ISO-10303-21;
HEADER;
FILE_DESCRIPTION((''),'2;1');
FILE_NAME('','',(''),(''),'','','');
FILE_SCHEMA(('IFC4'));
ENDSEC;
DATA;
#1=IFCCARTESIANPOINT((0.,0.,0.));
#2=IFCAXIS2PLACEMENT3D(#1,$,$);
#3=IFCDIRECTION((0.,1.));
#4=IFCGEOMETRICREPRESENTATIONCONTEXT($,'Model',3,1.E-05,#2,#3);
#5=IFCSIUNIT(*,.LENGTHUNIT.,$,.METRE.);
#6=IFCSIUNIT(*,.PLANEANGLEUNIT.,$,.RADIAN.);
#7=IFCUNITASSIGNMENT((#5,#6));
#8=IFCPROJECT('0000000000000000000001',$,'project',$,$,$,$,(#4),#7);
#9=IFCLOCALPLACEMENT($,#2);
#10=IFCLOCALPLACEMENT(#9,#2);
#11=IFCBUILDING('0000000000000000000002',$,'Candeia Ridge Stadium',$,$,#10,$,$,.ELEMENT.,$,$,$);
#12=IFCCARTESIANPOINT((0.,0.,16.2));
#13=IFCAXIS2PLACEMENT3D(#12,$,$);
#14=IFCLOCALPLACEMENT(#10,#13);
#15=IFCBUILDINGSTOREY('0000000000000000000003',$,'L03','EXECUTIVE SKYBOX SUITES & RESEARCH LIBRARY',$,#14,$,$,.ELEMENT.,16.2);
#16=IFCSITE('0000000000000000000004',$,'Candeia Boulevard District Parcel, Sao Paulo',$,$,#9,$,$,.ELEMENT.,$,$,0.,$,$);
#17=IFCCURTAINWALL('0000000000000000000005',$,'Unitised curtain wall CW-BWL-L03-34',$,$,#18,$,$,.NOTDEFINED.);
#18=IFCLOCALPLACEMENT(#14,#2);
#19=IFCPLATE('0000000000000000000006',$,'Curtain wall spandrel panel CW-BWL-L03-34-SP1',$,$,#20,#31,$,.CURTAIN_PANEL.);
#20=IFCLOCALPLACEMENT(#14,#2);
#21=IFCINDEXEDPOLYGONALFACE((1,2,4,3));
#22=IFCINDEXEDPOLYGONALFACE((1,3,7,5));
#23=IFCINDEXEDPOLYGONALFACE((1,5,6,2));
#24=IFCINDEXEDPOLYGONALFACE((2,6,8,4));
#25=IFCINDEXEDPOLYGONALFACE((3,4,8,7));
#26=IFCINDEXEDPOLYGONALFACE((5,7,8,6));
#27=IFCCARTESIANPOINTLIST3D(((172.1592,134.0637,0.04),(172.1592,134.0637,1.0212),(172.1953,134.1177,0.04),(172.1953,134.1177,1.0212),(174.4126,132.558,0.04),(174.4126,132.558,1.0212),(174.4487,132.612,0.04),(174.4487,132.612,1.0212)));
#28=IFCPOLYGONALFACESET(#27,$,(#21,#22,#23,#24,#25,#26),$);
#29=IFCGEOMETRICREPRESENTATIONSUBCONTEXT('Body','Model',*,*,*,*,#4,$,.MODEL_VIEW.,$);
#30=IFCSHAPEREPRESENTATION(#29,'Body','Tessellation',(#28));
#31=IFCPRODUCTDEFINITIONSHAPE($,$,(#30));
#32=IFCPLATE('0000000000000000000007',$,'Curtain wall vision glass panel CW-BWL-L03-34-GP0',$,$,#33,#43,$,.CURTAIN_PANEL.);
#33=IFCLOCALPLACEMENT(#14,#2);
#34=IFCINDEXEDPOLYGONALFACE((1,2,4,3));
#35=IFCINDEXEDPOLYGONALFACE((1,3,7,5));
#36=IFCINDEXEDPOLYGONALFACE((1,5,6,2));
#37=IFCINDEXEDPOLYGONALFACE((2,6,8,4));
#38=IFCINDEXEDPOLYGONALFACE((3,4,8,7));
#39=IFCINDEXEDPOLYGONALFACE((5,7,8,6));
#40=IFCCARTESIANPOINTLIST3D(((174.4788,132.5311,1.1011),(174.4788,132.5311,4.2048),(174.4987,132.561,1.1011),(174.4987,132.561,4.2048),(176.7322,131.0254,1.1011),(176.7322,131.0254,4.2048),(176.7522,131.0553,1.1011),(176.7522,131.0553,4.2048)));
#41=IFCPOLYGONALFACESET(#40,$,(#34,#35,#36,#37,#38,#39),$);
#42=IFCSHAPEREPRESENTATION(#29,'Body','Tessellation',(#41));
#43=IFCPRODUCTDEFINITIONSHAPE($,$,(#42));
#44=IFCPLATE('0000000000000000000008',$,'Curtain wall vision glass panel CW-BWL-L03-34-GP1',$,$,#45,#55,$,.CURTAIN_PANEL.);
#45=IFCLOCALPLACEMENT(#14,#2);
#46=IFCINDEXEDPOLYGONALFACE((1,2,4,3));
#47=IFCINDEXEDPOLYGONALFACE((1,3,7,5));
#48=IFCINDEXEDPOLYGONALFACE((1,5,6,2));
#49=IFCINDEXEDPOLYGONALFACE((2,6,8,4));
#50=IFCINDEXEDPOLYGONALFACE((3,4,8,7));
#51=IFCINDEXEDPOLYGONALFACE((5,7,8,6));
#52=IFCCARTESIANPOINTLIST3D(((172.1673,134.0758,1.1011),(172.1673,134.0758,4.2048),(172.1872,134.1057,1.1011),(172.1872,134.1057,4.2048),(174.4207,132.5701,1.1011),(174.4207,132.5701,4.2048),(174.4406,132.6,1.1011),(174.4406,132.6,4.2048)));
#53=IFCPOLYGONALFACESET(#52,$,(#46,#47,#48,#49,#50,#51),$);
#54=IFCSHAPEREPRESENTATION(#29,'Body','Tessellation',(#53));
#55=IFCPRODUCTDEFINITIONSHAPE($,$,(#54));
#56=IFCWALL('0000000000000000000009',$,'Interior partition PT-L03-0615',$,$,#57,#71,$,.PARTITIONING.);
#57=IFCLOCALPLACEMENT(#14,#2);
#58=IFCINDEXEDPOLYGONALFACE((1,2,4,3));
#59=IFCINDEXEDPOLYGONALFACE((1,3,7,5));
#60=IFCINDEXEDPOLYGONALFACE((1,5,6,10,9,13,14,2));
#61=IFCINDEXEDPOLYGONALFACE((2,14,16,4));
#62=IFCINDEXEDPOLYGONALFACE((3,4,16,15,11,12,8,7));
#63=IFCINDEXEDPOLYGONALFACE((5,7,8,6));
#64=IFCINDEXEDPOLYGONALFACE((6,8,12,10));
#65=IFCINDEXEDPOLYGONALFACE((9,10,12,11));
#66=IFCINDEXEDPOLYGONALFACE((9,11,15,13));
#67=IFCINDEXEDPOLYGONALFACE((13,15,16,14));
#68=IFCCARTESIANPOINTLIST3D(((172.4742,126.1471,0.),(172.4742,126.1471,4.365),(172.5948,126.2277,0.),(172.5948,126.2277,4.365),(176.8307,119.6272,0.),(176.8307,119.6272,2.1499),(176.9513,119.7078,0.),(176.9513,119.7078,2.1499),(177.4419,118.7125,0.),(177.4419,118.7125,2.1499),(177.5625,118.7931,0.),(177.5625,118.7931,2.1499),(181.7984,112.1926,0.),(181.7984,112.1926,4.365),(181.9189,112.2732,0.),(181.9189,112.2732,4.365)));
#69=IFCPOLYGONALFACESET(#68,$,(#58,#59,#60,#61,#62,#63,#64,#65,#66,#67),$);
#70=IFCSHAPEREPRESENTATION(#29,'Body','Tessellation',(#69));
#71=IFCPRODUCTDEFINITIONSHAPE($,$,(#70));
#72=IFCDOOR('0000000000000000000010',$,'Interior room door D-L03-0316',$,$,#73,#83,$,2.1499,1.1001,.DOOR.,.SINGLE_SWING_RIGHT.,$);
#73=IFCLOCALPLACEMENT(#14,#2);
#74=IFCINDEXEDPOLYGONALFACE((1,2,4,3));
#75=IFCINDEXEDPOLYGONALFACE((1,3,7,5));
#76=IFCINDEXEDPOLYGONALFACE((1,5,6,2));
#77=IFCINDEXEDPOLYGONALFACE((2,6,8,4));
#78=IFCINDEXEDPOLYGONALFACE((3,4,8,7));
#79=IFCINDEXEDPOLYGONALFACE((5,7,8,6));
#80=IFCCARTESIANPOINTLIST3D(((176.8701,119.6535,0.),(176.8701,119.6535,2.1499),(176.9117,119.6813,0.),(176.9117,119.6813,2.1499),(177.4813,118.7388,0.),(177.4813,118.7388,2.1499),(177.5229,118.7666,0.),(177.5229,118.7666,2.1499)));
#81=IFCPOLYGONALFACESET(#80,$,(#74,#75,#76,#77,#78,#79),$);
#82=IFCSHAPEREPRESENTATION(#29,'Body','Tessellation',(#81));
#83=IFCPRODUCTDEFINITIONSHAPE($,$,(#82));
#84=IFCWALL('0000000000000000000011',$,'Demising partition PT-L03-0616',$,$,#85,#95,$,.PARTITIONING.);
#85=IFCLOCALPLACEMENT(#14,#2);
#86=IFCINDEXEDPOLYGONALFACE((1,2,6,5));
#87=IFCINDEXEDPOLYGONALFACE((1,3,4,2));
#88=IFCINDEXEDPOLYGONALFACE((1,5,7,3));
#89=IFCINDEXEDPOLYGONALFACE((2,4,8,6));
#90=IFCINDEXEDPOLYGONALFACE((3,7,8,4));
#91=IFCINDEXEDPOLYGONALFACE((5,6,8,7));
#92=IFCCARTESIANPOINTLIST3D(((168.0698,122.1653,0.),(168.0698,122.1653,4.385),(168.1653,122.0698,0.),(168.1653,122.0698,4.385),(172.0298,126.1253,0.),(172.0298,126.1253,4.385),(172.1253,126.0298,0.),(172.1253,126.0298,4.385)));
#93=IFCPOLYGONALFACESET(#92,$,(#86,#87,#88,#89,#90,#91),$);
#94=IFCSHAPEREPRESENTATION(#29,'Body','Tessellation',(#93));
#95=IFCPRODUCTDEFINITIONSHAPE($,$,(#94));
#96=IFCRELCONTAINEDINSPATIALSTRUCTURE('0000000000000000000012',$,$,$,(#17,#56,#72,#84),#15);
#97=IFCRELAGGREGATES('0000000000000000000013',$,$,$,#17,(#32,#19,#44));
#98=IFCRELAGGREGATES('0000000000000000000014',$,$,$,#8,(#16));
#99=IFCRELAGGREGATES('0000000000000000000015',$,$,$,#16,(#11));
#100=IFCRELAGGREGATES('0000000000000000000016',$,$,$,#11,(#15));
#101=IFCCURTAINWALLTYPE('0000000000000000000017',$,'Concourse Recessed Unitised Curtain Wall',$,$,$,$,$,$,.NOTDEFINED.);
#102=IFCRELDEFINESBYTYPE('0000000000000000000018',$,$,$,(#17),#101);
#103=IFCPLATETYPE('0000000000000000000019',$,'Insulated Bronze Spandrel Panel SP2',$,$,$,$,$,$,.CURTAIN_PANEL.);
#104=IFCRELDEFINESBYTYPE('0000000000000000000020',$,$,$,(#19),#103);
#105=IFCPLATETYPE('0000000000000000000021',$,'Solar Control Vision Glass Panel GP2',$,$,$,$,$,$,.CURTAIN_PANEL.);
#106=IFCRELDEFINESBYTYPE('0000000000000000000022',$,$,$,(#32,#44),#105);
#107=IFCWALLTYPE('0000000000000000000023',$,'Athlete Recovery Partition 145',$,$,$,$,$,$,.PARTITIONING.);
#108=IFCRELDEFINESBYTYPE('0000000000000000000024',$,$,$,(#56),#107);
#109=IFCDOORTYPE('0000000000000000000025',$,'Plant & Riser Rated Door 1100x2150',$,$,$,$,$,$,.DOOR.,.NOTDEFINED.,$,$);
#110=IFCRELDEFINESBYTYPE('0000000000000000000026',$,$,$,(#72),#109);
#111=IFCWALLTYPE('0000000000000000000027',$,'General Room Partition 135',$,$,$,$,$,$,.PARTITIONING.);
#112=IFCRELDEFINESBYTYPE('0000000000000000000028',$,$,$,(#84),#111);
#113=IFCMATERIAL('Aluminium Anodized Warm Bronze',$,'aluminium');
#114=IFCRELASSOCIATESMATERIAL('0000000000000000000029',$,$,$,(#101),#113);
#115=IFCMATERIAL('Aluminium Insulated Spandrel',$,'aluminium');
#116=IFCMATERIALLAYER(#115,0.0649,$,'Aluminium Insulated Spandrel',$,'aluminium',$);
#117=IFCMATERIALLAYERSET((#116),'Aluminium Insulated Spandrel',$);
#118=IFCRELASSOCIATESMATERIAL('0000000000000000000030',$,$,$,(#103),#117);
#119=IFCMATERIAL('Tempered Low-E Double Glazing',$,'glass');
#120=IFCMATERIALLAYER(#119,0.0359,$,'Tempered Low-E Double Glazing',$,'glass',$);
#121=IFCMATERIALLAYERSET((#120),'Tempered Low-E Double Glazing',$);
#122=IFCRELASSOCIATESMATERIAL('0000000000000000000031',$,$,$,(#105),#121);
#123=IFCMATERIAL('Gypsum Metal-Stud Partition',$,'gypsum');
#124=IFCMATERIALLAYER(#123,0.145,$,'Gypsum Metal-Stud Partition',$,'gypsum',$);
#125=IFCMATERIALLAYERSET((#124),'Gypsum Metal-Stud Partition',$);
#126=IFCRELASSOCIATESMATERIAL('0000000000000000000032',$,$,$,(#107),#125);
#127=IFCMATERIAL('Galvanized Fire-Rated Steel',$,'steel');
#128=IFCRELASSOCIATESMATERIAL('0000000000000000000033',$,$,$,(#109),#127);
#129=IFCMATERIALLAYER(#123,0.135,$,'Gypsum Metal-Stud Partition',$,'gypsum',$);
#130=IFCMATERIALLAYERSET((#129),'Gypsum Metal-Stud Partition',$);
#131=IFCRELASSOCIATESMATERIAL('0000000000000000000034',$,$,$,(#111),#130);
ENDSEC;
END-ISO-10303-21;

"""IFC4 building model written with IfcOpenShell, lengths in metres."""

from ifc_helpers import new_model, si_unit, direction, frame, frame_2d, origin, origin_2d, place, context, subcontext, project, spatial, rectangle, extrude, material, layer, layer_set, type_object, element, fill, aggregate, save


model = new_model("IFC4")

# Units and contexts
model_context = context("Model", 3, precision=1e-05, world=origin(), true_north=direction((0.0, 1.0)))
body_context = subcontext(model_context, "Body", "Model", "MODEL_VIEW")
ifc_project = project(units=[si_unit("LENGTHUNIT", "METRE"), si_unit("PLANEANGLEUNIT", "RADIAN")], contexts=[model_context])

# Site, building, storey
site_placement = place(None, origin())
site = spatial("IfcSite", under=ifc_project, at=site_placement, Name="Candeia Boulevard District Parcel, Sao Paulo", CompositionType="ELEMENT", RefElevation=0.0)
building_placement = place(site_placement, origin())
building = spatial("IfcBuilding", under=site, at=building_placement, Name="Candeia Ridge Stadium", CompositionType="ELEMENT")
storey_placement = place(building_placement, frame((0.0, 0.0, 16.2)))
storey = spatial("IfcBuildingStorey", under=building, at=storey_placement, Name="L03", Description="EXECUTIVE SKYBOX SUITES & RESEARCH LIBRARY", CompositionType="ELEMENT", Elevation=16.2)

# Curtain wall
ifc_material_1 = material(Name="Aluminium Anodized Warm Bronze", Category="aluminium")
curtain_wall_type = type_object("IfcCurtainWallType", Name="Concourse Recessed Unitised Curtain Wall", PredefinedType="NOTDEFINED", material=ifc_material_1)
curtain_wall_placement = place(storey_placement, origin())
curtain_wall = element("IfcCurtainWall", 1, at=curtain_wall_placement, inside=storey, type_object=curtain_wall_type, Name="Unitised curtain wall CW-BWL-L03-34", PredefinedType="NOTDEFINED")

# Plates
ifc_material_2 = material(Name="Aluminium Insulated Spandrel", Category="aluminium")
ifc_layer_1 = layer(ifc_material_2, 0.0649, Name="Aluminium Insulated Spandrel", Category="aluminium")
ifc_layer_set_1 = layer_set([ifc_layer_1], Name="Aluminium Insulated Spandrel")
plate_type_1 = type_object("IfcPlateType", Name="Insulated Bronze Spandrel Panel SP2", PredefinedType="CURTAIN_PANEL", material=ifc_layer_set_1)
plate_1_placement = place(storey_placement, frame((173.304, 133.3379, 0.04), z_axis=(0.0, 0.0, 1.0), x_axis=(-0.831469, 0.555571, 0.0)))
plate_1 = element("IfcPlate", 2, at=plate_1_placement, type_object=plate_type_1, Name="Curtain wall spandrel panel CW-BWL-L03-34-SP1", PredefinedType="CURTAIN_PANEL", context=body_context, shape_type="SweptSolid", body=[
    extrude(rectangle(XDim=2.7102, YDim=0.0649, at=origin_2d()), origin(), (0.0, 0.0, 1.0), 0.9812),
])
ifc_material_3 = material(Name="Tempered Low-E Double Glazing", Category="glass")
ifc_layer_2 = layer(ifc_material_3, 0.0359, Name="Tempered Low-E Double Glazing", Category="glass")
ifc_layer_set_2 = layer_set([ifc_layer_2], Name="Tempered Low-E Double Glazing")
plate_type_2 = type_object("IfcPlateType", Name="Solar Control Vision Glass Panel GP2", PredefinedType="CURTAIN_PANEL", material=ifc_layer_set_2)
plate_2_placement = place(storey_placement, frame((175.6155, 131.7932, 1.1011), z_axis=(0.0, 0.0, 1.0), x_axis=(-0.831469, 0.555571, 0.0)))
plate_2 = element("IfcPlate", 3, at=plate_2_placement, type_object=plate_type_2, Name="Curtain wall vision glass panel CW-BWL-L03-34-GP0", PredefinedType="CURTAIN_PANEL", context=body_context, shape_type="SweptSolid", body=[
    extrude(rectangle(XDim=2.7102, YDim=0.0359, at=origin_2d()), origin(), (0.0, 0.0, 1.0), 3.1038),
])
plate_3_placement = place(storey_placement, frame((173.304, 133.3379, 1.1011), z_axis=(0.0, 0.0, 1.0), x_axis=(-0.831469, 0.555571, 0.0)))
plate_3 = element("IfcPlate", 4, at=plate_3_placement, type_object=plate_type_2, Name="Curtain wall vision glass panel CW-BWL-L03-34-GP1", PredefinedType="CURTAIN_PANEL", context=body_context, shape_type="SweptSolid", body=[
    extrude(rectangle(XDim=2.7102, YDim=0.0359, at=origin_2d()), origin(), (0.0, 0.0, 1.0), 3.1038),
])
aggregate(curtain_wall, [plate_2, plate_1, plate_3])

# Wall, opening, door
ifc_material_4 = material(Name="Gypsum Metal-Stud Partition", Category="gypsum")
ifc_layer_3 = layer(ifc_material_4, 0.145, Name="Gypsum Metal-Stud Partition", Category="gypsum")
ifc_layer_set_3 = layer_set([ifc_layer_3], Name="Gypsum Metal-Stud Partition")
wall_type_1 = type_object("IfcWallType", Name="Athlete Recovery Partition 145", PredefinedType="PARTITIONING", material=ifc_layer_set_3)
wall_1_placement = place(storey_placement, frame((172.5344, 126.1875, 0.0), z_axis=(0.0, 0.0, 1.0), x_axis=(0.555573, -0.831468, 0.0)))
wall_1 = element("IfcWall", 5, at=wall_1_placement, inside=storey, type_object=wall_type_1, Name="Interior partition PT-L03-0615", PredefinedType="PARTITIONING", context=body_context, shape_type="SweptSolid", body=[
    extrude(rectangle(XDim=16.783, YDim=0.145, at=frame_2d((8.3916, 0.0))), origin(), (0.0, 0.0, 1.0), 4.365),
])
opening_placement = place(wall_1_placement, frame((7.8416, 0.0, 0.0)))
opening = element("IfcOpeningElement", 6, at=opening_placement, cuts=wall_1, PredefinedType="OPENING", context=body_context, shape_type="SweptSolid", body=[
    extrude(rectangle(XDim=1.1001, YDim=2.1499, at=frame_2d((0.55, 1.075))), frame((0.0, 0.0825, 0.0), z_axis=(0.0, -1.0, 0.0), x_axis=(1.0, 0.0, 0.0)), (0.0, 0.0, 1.0), 0.165),
])
ifc_material_5 = material(Name="Galvanized Fire-Rated Steel", Category="steel")
door_type = type_object("IfcDoorType", Name="Plant & Riser Rated Door 1100x2150", OperationType="NOTDEFINED", PredefinedType="DOOR", material=ifc_material_5)
door_placement = place(opening_placement, origin())
door = element("IfcDoor", 7, at=door_placement, inside=storey, type_object=door_type, Name="Interior room door D-L03-0316", OperationType="SINGLE_SWING_RIGHT", OverallHeight=2.1499, OverallWidth=1.1001, PredefinedType="DOOR", context=body_context, shape_type="SweptSolid", body=[
    extrude(rectangle(XDim=1.1001, YDim=2.1499, at=frame_2d((0.55, 1.075))), frame((0.0, 0.0249, 0.0), z_axis=(0.0, -1.0, 0.0), x_axis=(1.0, 0.0, 0.0)), (0.0, 0.0, 1.0), 0.05),
])
fill(opening, door)

# Wall
ifc_layer_4 = layer(ifc_material_4, 0.135, Name="Gypsum Metal-Stud Partition", Category="gypsum")
ifc_layer_set_4 = layer_set([ifc_layer_4], Name="Gypsum Metal-Stud Partition")
wall_type_2 = type_object("IfcWallType", Name="General Room Partition 135", PredefinedType="PARTITIONING", material=ifc_layer_set_4)
wall_2_placement = place(storey_placement, frame((168.1174, 122.1174, 0.0), z_axis=(0.0, 0.0, 1.0), x_axis=(0.707107, 0.707107, 0.0)))
element("IfcWall", 8, at=wall_2_placement, inside=storey, type_object=wall_type_2, Name="Demising partition PT-L03-0616", PredefinedType="PARTITIONING", context=body_context, shape_type="SweptSolid", body=[
    extrude(rectangle(XDim=5.6003, YDim=0.135, at=frame_2d((2.8003, 0.0))), origin(), (0.0, 0.0, 1.0), 4.385),
])

save(model, "model.ifc")
